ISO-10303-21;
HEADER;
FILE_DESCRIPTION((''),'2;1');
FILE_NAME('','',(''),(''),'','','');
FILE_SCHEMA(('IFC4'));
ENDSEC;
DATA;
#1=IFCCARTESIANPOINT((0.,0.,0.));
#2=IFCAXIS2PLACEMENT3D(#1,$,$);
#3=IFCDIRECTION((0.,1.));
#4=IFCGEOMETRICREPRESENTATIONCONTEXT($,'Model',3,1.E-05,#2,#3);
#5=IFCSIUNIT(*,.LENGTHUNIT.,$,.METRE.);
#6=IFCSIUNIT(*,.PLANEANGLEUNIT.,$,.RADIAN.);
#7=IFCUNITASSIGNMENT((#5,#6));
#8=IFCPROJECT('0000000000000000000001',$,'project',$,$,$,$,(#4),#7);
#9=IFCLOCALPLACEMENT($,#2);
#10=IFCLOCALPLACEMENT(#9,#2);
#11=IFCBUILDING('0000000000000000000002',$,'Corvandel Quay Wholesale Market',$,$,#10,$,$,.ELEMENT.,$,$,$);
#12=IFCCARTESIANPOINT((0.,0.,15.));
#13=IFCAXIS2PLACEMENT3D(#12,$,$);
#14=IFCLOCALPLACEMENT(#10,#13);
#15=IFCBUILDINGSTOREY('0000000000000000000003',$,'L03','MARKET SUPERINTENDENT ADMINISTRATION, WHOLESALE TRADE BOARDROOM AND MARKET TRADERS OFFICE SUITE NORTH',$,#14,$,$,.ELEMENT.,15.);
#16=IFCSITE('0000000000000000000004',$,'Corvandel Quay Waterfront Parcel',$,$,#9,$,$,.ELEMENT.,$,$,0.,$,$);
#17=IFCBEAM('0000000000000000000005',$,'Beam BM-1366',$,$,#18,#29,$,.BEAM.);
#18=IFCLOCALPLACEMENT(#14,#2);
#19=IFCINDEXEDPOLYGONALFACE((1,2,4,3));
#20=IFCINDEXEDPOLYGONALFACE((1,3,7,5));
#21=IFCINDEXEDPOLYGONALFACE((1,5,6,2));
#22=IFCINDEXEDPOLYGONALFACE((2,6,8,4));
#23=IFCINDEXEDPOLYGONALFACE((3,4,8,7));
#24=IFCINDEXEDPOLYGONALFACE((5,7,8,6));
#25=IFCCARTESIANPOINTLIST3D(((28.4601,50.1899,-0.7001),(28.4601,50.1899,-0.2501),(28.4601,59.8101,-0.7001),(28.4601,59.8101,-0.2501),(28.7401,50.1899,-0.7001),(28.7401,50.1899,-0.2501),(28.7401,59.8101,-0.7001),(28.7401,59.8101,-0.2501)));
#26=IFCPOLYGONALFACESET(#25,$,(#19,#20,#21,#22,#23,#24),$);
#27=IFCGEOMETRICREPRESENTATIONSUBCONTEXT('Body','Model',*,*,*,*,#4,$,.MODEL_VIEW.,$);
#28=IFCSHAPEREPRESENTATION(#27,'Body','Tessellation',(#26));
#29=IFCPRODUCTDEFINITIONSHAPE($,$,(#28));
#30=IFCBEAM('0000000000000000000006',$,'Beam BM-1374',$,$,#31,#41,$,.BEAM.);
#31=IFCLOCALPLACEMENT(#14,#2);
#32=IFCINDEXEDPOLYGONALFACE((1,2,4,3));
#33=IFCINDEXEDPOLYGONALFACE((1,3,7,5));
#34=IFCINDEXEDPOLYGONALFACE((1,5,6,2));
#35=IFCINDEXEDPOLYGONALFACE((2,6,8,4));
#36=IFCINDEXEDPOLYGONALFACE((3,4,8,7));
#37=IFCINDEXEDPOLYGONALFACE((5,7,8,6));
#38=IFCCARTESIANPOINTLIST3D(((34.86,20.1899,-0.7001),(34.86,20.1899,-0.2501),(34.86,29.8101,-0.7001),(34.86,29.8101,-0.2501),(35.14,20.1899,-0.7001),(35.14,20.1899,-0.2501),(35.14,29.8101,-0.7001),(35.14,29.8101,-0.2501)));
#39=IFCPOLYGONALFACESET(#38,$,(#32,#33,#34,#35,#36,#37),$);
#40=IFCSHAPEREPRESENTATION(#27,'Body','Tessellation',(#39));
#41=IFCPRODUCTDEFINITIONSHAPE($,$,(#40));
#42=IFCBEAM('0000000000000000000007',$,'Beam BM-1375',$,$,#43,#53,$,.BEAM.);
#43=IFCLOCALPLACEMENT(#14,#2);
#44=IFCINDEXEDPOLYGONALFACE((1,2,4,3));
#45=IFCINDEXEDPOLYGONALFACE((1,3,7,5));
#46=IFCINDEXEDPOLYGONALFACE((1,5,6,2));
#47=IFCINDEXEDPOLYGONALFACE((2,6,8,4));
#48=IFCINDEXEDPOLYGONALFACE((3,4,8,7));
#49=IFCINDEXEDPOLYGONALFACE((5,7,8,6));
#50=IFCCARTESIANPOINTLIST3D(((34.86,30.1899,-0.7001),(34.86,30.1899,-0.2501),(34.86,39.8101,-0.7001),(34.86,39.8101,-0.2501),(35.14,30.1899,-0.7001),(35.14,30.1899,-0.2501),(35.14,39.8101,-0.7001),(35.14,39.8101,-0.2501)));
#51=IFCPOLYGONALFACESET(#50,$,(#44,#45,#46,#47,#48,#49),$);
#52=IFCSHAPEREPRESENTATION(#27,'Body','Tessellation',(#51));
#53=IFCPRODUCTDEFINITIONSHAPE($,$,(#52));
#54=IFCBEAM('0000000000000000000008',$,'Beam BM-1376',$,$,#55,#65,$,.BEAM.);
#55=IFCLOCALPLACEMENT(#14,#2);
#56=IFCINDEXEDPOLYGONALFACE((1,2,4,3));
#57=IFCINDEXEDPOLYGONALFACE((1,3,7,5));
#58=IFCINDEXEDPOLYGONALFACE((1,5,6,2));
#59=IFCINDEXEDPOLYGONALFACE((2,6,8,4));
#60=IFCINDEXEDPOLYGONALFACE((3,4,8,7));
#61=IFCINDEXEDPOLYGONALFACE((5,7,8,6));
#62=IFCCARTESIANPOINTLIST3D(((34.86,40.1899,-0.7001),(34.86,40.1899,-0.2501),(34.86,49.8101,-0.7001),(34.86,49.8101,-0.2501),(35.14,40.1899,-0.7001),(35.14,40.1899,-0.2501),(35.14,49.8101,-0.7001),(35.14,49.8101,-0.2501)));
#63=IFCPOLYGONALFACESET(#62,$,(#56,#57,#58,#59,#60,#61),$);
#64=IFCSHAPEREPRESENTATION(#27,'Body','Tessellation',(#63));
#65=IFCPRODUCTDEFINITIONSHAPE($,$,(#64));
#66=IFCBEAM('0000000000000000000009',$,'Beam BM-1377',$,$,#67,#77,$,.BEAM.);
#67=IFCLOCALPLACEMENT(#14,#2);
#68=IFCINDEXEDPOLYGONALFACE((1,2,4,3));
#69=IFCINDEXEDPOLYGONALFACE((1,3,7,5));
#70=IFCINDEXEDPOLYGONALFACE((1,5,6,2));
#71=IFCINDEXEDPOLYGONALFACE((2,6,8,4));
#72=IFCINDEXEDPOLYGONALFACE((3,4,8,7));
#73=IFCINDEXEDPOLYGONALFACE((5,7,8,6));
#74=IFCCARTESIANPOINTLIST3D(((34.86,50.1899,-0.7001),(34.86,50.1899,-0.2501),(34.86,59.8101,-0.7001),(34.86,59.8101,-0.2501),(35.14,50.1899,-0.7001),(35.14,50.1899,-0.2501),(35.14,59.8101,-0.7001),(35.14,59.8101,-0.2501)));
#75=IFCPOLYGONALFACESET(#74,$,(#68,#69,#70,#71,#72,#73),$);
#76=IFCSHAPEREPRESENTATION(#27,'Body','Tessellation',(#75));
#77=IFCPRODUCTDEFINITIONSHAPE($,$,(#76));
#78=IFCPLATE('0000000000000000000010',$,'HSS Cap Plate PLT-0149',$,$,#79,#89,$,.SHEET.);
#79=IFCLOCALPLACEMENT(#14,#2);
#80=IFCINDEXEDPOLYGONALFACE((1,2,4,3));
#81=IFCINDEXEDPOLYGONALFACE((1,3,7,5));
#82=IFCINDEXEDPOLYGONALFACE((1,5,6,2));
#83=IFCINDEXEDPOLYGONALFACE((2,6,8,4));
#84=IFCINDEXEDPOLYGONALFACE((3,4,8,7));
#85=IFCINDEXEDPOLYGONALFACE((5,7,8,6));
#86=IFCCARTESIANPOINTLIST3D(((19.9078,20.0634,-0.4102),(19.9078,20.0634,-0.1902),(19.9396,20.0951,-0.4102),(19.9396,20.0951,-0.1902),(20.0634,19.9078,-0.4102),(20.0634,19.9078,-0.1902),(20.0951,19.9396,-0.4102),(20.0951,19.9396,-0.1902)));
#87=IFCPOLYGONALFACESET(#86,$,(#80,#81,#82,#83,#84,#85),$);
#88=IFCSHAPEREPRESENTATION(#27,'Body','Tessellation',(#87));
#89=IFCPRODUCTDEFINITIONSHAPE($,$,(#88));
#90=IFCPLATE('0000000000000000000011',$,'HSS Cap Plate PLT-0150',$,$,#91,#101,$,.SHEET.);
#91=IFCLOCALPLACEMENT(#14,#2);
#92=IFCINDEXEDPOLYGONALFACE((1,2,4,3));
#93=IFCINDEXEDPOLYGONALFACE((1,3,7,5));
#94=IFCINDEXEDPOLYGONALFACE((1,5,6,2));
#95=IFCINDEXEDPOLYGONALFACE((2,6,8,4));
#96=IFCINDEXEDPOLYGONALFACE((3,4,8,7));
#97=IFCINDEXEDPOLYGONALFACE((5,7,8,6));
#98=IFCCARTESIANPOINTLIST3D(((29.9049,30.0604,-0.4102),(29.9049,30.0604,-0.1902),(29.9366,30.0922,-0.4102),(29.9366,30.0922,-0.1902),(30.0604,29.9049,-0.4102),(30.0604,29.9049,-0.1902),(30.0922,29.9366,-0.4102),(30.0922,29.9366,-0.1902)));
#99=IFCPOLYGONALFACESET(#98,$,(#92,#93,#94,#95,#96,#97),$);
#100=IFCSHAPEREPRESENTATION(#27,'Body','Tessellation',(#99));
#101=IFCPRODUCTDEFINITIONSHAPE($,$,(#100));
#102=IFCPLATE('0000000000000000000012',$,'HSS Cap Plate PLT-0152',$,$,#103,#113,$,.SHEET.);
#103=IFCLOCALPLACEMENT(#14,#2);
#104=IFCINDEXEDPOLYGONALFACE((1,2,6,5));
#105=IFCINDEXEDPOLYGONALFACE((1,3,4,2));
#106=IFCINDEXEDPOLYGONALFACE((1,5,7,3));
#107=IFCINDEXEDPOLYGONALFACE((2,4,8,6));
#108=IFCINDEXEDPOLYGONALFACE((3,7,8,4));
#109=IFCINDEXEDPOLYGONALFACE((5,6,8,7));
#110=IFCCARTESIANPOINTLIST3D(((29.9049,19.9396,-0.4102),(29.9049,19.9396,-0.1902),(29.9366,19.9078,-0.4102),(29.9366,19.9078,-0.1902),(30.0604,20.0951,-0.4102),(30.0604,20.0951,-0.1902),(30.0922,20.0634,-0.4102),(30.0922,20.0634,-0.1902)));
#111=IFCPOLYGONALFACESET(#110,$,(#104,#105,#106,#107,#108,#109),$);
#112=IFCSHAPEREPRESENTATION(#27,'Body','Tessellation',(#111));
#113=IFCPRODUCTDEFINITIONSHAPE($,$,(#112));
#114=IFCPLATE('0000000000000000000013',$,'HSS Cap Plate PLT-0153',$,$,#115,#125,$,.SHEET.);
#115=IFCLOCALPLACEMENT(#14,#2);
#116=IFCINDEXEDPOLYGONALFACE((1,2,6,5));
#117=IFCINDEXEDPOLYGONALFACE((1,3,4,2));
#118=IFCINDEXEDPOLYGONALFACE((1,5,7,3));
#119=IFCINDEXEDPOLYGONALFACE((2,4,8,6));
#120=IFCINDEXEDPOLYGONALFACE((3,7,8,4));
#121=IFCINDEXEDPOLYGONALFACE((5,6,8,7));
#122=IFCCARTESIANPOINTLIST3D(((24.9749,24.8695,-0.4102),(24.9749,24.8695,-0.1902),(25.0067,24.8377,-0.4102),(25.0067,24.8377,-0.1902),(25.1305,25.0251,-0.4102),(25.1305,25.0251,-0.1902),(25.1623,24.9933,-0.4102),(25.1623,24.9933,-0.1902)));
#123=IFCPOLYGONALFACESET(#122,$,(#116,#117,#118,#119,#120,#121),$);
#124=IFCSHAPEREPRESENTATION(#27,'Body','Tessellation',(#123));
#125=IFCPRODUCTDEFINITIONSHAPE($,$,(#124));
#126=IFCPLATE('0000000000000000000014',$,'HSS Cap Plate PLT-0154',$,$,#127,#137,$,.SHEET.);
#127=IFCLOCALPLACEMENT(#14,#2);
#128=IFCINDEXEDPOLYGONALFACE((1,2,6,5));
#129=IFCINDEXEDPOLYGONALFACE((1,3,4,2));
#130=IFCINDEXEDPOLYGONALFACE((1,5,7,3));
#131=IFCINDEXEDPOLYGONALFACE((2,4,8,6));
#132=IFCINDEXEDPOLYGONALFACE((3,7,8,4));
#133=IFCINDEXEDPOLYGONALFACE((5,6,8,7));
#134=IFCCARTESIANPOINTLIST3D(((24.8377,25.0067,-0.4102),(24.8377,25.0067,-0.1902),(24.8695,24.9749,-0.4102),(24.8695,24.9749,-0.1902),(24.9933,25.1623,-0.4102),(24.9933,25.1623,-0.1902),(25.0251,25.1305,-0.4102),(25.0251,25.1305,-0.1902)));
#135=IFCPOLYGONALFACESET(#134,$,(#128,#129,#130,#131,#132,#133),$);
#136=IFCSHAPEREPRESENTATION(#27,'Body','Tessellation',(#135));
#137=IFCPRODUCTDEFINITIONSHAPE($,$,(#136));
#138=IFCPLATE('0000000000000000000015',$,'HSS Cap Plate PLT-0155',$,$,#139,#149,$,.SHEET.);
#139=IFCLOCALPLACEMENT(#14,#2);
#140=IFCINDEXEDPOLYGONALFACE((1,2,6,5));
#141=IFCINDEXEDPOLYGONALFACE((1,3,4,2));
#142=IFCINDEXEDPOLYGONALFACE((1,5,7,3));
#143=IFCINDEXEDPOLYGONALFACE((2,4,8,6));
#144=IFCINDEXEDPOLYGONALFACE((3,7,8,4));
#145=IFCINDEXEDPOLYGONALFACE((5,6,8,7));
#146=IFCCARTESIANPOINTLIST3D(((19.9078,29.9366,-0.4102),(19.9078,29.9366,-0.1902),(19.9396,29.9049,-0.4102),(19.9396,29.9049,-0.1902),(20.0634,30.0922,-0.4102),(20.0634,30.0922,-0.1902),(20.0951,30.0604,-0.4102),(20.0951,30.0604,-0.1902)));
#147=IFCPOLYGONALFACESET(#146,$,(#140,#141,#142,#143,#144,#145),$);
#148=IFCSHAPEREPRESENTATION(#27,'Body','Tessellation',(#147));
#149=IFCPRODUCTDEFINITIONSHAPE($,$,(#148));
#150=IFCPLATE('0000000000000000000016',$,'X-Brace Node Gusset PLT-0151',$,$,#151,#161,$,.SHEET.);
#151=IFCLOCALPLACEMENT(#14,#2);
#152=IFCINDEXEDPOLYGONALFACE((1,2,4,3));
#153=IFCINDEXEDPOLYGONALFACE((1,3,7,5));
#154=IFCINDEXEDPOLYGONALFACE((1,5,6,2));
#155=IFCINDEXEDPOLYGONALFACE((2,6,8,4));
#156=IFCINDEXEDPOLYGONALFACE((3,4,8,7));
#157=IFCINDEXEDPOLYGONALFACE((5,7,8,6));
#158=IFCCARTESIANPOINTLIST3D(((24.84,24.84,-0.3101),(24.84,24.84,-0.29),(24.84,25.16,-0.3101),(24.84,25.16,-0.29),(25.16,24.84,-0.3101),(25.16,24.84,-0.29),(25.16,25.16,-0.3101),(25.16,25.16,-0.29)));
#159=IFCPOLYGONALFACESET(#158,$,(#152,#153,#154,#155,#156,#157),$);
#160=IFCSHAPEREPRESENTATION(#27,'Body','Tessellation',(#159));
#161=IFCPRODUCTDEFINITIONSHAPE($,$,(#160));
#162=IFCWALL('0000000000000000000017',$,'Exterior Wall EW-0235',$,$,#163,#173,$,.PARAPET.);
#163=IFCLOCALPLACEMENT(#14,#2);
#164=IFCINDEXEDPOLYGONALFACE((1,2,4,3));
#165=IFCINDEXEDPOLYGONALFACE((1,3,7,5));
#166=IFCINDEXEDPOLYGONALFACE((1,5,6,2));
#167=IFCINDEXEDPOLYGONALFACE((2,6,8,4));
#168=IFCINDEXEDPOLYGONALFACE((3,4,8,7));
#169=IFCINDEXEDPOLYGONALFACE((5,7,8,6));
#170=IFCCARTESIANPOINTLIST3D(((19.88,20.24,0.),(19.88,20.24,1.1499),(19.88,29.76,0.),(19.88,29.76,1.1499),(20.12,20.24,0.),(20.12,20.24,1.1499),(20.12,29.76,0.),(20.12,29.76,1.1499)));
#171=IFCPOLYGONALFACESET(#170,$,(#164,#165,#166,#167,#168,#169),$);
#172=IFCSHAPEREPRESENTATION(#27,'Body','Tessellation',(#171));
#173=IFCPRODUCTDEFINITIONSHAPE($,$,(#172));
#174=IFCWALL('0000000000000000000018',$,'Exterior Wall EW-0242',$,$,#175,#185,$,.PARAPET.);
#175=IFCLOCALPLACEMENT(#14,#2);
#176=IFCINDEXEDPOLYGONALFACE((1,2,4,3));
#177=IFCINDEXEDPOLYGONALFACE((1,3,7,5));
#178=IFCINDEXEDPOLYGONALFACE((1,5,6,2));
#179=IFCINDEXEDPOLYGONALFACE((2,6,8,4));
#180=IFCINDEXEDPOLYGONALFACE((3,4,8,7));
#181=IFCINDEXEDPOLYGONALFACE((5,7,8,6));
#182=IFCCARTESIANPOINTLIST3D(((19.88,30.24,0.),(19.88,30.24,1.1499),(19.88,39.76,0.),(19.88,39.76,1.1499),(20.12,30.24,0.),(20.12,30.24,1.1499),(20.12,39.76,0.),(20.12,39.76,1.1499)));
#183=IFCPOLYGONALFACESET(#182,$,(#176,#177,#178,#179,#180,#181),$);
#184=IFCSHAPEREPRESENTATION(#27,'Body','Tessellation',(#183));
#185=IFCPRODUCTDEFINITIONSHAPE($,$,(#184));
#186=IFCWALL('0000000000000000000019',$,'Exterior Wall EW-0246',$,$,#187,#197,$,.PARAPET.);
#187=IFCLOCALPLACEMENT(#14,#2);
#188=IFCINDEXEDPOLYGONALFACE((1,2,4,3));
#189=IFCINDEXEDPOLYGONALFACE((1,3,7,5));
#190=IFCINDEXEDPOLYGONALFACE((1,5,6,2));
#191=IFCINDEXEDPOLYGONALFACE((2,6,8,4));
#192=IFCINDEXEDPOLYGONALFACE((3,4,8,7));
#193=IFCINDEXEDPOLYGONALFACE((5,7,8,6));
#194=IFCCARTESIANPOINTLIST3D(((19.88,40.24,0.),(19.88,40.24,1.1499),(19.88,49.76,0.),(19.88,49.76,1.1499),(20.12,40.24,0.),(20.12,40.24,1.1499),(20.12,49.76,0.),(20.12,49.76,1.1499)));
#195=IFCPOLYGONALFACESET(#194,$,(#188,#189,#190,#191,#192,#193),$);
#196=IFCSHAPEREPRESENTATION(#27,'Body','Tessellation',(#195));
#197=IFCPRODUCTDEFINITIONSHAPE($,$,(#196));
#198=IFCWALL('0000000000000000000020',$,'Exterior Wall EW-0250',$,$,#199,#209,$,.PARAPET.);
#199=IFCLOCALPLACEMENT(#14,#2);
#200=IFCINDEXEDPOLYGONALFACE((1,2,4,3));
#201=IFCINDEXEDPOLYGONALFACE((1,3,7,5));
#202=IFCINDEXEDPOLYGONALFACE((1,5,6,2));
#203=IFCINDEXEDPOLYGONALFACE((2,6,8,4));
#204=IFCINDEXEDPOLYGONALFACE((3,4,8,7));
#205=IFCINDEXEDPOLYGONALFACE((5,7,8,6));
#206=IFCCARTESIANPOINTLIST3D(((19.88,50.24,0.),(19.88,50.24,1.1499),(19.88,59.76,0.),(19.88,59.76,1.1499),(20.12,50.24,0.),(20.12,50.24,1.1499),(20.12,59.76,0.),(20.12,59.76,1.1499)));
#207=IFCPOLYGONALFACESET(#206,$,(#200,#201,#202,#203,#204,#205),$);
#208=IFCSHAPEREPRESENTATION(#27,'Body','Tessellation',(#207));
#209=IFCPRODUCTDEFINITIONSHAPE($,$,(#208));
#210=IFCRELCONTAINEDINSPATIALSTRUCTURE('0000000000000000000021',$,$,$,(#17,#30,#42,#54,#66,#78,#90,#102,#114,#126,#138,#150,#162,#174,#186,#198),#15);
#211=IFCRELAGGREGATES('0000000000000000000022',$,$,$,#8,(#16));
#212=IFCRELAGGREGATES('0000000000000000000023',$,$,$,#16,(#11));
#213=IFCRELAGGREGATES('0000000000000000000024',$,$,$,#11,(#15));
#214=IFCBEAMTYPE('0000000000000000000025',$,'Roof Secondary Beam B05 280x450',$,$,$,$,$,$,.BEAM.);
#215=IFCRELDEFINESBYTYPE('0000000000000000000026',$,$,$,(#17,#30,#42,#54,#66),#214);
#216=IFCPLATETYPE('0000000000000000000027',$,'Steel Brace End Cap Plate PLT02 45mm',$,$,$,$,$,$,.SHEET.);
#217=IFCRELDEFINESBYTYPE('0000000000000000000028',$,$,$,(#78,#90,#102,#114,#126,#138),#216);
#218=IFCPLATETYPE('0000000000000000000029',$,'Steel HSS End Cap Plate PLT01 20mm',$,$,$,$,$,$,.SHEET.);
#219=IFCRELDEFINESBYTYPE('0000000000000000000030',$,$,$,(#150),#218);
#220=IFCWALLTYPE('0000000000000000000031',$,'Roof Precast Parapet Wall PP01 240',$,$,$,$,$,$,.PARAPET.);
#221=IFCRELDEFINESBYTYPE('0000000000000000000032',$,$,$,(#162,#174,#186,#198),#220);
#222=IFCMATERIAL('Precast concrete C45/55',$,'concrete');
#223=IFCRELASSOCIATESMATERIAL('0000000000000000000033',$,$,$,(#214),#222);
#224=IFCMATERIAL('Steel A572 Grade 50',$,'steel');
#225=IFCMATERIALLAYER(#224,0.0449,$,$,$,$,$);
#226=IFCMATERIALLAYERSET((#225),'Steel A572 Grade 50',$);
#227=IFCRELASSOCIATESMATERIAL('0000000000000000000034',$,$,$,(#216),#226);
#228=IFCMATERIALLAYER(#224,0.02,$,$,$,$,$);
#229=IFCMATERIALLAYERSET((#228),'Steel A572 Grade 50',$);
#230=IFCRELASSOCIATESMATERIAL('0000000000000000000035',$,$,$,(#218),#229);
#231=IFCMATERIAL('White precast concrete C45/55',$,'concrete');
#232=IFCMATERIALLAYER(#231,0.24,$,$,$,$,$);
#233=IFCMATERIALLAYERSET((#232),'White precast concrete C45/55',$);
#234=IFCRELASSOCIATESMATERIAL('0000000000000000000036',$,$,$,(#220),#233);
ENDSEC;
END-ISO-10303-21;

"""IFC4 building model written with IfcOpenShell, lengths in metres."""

from ifc_helpers import new_model, si_unit, direction, frame, frame_2d, origin, origin_2d, place, context, subcontext, project, spatial, rectangle, extrude, material, layer, layer_set, material_profile, profile_set, type_object, element, save


model = new_model("IFC4")

# Units and contexts
model_context = context("Model", 3, precision=1e-05, world=origin(), true_north=direction((0.0, 1.0)))
body_context = subcontext(model_context, "Body", "Model", "MODEL_VIEW")
ifc_project = project(units=[si_unit("LENGTHUNIT", "METRE"), si_unit("PLANEANGLEUNIT", "RADIAN")], contexts=[model_context])

# Site, building, storey
site_placement = place(None, origin())
site = spatial("IfcSite", under=ifc_project, at=site_placement, Name="Corvandel Quay Waterfront Parcel", CompositionType="ELEMENT", RefElevation=0.0)
building_placement = place(site_placement, origin())
building = spatial("IfcBuilding", under=site, at=building_placement, Name="Corvandel Quay Wholesale Market", CompositionType="ELEMENT")
storey_placement = place(building_placement, frame((0.0, 0.0, 15.0)))
storey = spatial("IfcBuildingStorey", under=building, at=storey_placement, Name="L03", Description="MARKET SUPERINTENDENT ADMINISTRATION, WHOLESALE TRADE BOARDROOM AND MARKET TRADERS OFFICE SUITE NORTH", CompositionType="ELEMENT", Elevation=15.0)

# Shared definitions
ifc_material_1 = material(Name="Precast concrete C45/55", Category="concrete")

# Beams
ifc_material_profile_1 = material_profile(ifc_material_1, rectangle(XDim=0.28, YDim=0.45, at=origin_2d()), Name="PC-BM-280x450")
ifc_profile_set_1 = profile_set([ifc_material_profile_1], Name="Precast concrete C45/55")
beam_type_1 = type_object("IfcBeamType", Name="Roof Secondary Beam B05 280x450", PredefinedType="BEAM", material=ifc_profile_set_1)
for number, where, z_axis, x_axis, name in (
    (1, (28.6001, 50.1899, -0.4751), (0.0, 1.0, 0.0), (-1.0, 0.0, 0.0), "Beam BM-1366"),
    (2, (35.0, 20.1899, -0.4751), (0.0, 1.0, 0.0), (-1.0, 0.0, 0.0), "Beam BM-1374"),
    (3, (35.0, 30.1899, -0.4751), (0.0, 1.0, 0.0), (-1.0, 0.0, 0.0), "Beam BM-1375"),
    (4, (35.0, 40.1899, -0.4751), (0.0, 1.0, 0.0), (-1.0, 0.0, 0.0), "Beam BM-1376"),
    (5, (35.0, 50.1899, -0.4751), (0.0, 1.0, 0.0), (-1.0, 0.0, 0.0), "Beam BM-1377"),
):
    element("IfcBeam", number, at=place(storey_placement, frame(where, z_axis=z_axis, x_axis=x_axis)), inside=storey, type_object=beam_type_1, Name=name, PredefinedType="BEAM", context=body_context, shape_type="SweptSolid", body=[
        extrude(rectangle(XDim=0.28, YDim=0.45, at=origin_2d()), origin(), (0.0, 0.0, 1.0), 9.6201),
    ])

# Plates
ifc_material_2 = material(Name="Steel A572 Grade 50", Category="steel")
ifc_layer_1 = layer(ifc_material_2, 0.0449)
ifc_layer_set_1 = layer_set([ifc_layer_1], Name="Steel A572 Grade 50")
plate_type_1 = type_object("IfcPlateType", Name="Steel Brace End Cap Plate PLT02 45mm", PredefinedType="SHEET", material=ifc_layer_set_1)
for number, where, z_axis, x_axis, name in (
    (6, (20.0015, 20.0015, -0.4102), (0.0, 0.0, 1.0), (-0.707107, 0.707107, 0.0), "HSS Cap Plate PLT-0149"),
    (7, (29.9985, 29.9985, -0.4102), (0.0, 0.0, 1.0), (-0.707107, 0.707107, 0.0), "HSS Cap Plate PLT-0150"),
    (8, (29.9985, 20.0015, -0.4102), (0.0, 0.0, 1.0), (0.707107, 0.707107, 0.0), "HSS Cap Plate PLT-0152"),
    (9, (25.0686, 24.9314, -0.4102), (0.0, 0.0, 1.0), (0.707107, 0.707107, 0.0), "HSS Cap Plate PLT-0153"),
    (10, (24.9314, 25.0686, -0.4102), (0.0, 0.0, 1.0), (0.707107, 0.707107, 0.0), "HSS Cap Plate PLT-0154"),
    (11, (20.0015, 29.9985, -0.4102), (0.0, 0.0, 1.0), (0.707107, 0.707107, 0.0), "HSS Cap Plate PLT-0155"),
):
    element("IfcPlate", number, at=place(storey_placement, frame(where, z_axis=z_axis, x_axis=x_axis)), inside=storey, type_object=plate_type_1, Name=name, PredefinedType="SHEET", context=body_context, shape_type="SweptSolid", body=[
        extrude(rectangle(XDim=0.22, YDim=0.0449, at=origin_2d()), origin(), (0.0, 0.0, 1.0), 0.22),
    ])
ifc_layer_2 = layer(ifc_material_2, 0.02)
ifc_layer_set_2 = layer_set([ifc_layer_2], Name="Steel A572 Grade 50")
plate_type_2 = type_object("IfcPlateType", Name="Steel HSS End Cap Plate PLT01 20mm", PredefinedType="SHEET", material=ifc_layer_set_2)
plate_placement = place(storey_placement, frame((25.0, 25.0, -0.3101), z_axis=(0.0, 0.0, 1.0), x_axis=(1.0, 0.0, 0.0)))
element("IfcPlate", 12, at=plate_placement, inside=storey, type_object=plate_type_2, Name="X-Brace Node Gusset PLT-0151", PredefinedType="SHEET", context=body_context, shape_type="SweptSolid", body=[
    extrude(rectangle(XDim=0.3201, YDim=0.3201, at=origin_2d()), origin(), (0.0, 0.0, 1.0), 0.02),
])

# Walls
ifc_material_3 = material(Name="White precast concrete C45/55", Category="concrete")
ifc_layer_3 = layer(ifc_material_3, 0.24)
ifc_layer_set_3 = layer_set([ifc_layer_3], Name="White precast concrete C45/55")
wall_type = type_object("IfcWallType", Name="Roof Precast Parapet Wall PP01 240", PredefinedType="PARAPET", material=ifc_layer_set_3)
for number, where, z_axis, x_axis, name in (
    (13, (20.0, 20.24, 0.0), (0.0, 0.0, 1.0), (0.0, 1.0, 0.0), "Exterior Wall EW-0235"),
    (14, (20.0, 30.24, 0.0), (0.0, 0.0, 1.0), (0.0, 1.0, 0.0), "Exterior Wall EW-0242"),
    (15, (20.0, 40.24, 0.0), (0.0, 0.0, 1.0), (0.0, 1.0, 0.0), "Exterior Wall EW-0246"),
    (16, (20.0, 50.24, 0.0), (0.0, 0.0, 1.0), (0.0, 1.0, 0.0), "Exterior Wall EW-0250"),
):
    element("IfcWall", number, at=place(storey_placement, frame(where, z_axis=z_axis, x_axis=x_axis)), inside=storey, type_object=wall_type, Name=name, PredefinedType="PARAPET", context=body_context, shape_type="SweptSolid", body=[
        extrude(rectangle(XDim=9.52, YDim=0.24, at=frame_2d((4.76, 0.0))), origin(), (0.0, 0.0, 1.0), 1.1499),
    ])

save(model, "model.ifc")
